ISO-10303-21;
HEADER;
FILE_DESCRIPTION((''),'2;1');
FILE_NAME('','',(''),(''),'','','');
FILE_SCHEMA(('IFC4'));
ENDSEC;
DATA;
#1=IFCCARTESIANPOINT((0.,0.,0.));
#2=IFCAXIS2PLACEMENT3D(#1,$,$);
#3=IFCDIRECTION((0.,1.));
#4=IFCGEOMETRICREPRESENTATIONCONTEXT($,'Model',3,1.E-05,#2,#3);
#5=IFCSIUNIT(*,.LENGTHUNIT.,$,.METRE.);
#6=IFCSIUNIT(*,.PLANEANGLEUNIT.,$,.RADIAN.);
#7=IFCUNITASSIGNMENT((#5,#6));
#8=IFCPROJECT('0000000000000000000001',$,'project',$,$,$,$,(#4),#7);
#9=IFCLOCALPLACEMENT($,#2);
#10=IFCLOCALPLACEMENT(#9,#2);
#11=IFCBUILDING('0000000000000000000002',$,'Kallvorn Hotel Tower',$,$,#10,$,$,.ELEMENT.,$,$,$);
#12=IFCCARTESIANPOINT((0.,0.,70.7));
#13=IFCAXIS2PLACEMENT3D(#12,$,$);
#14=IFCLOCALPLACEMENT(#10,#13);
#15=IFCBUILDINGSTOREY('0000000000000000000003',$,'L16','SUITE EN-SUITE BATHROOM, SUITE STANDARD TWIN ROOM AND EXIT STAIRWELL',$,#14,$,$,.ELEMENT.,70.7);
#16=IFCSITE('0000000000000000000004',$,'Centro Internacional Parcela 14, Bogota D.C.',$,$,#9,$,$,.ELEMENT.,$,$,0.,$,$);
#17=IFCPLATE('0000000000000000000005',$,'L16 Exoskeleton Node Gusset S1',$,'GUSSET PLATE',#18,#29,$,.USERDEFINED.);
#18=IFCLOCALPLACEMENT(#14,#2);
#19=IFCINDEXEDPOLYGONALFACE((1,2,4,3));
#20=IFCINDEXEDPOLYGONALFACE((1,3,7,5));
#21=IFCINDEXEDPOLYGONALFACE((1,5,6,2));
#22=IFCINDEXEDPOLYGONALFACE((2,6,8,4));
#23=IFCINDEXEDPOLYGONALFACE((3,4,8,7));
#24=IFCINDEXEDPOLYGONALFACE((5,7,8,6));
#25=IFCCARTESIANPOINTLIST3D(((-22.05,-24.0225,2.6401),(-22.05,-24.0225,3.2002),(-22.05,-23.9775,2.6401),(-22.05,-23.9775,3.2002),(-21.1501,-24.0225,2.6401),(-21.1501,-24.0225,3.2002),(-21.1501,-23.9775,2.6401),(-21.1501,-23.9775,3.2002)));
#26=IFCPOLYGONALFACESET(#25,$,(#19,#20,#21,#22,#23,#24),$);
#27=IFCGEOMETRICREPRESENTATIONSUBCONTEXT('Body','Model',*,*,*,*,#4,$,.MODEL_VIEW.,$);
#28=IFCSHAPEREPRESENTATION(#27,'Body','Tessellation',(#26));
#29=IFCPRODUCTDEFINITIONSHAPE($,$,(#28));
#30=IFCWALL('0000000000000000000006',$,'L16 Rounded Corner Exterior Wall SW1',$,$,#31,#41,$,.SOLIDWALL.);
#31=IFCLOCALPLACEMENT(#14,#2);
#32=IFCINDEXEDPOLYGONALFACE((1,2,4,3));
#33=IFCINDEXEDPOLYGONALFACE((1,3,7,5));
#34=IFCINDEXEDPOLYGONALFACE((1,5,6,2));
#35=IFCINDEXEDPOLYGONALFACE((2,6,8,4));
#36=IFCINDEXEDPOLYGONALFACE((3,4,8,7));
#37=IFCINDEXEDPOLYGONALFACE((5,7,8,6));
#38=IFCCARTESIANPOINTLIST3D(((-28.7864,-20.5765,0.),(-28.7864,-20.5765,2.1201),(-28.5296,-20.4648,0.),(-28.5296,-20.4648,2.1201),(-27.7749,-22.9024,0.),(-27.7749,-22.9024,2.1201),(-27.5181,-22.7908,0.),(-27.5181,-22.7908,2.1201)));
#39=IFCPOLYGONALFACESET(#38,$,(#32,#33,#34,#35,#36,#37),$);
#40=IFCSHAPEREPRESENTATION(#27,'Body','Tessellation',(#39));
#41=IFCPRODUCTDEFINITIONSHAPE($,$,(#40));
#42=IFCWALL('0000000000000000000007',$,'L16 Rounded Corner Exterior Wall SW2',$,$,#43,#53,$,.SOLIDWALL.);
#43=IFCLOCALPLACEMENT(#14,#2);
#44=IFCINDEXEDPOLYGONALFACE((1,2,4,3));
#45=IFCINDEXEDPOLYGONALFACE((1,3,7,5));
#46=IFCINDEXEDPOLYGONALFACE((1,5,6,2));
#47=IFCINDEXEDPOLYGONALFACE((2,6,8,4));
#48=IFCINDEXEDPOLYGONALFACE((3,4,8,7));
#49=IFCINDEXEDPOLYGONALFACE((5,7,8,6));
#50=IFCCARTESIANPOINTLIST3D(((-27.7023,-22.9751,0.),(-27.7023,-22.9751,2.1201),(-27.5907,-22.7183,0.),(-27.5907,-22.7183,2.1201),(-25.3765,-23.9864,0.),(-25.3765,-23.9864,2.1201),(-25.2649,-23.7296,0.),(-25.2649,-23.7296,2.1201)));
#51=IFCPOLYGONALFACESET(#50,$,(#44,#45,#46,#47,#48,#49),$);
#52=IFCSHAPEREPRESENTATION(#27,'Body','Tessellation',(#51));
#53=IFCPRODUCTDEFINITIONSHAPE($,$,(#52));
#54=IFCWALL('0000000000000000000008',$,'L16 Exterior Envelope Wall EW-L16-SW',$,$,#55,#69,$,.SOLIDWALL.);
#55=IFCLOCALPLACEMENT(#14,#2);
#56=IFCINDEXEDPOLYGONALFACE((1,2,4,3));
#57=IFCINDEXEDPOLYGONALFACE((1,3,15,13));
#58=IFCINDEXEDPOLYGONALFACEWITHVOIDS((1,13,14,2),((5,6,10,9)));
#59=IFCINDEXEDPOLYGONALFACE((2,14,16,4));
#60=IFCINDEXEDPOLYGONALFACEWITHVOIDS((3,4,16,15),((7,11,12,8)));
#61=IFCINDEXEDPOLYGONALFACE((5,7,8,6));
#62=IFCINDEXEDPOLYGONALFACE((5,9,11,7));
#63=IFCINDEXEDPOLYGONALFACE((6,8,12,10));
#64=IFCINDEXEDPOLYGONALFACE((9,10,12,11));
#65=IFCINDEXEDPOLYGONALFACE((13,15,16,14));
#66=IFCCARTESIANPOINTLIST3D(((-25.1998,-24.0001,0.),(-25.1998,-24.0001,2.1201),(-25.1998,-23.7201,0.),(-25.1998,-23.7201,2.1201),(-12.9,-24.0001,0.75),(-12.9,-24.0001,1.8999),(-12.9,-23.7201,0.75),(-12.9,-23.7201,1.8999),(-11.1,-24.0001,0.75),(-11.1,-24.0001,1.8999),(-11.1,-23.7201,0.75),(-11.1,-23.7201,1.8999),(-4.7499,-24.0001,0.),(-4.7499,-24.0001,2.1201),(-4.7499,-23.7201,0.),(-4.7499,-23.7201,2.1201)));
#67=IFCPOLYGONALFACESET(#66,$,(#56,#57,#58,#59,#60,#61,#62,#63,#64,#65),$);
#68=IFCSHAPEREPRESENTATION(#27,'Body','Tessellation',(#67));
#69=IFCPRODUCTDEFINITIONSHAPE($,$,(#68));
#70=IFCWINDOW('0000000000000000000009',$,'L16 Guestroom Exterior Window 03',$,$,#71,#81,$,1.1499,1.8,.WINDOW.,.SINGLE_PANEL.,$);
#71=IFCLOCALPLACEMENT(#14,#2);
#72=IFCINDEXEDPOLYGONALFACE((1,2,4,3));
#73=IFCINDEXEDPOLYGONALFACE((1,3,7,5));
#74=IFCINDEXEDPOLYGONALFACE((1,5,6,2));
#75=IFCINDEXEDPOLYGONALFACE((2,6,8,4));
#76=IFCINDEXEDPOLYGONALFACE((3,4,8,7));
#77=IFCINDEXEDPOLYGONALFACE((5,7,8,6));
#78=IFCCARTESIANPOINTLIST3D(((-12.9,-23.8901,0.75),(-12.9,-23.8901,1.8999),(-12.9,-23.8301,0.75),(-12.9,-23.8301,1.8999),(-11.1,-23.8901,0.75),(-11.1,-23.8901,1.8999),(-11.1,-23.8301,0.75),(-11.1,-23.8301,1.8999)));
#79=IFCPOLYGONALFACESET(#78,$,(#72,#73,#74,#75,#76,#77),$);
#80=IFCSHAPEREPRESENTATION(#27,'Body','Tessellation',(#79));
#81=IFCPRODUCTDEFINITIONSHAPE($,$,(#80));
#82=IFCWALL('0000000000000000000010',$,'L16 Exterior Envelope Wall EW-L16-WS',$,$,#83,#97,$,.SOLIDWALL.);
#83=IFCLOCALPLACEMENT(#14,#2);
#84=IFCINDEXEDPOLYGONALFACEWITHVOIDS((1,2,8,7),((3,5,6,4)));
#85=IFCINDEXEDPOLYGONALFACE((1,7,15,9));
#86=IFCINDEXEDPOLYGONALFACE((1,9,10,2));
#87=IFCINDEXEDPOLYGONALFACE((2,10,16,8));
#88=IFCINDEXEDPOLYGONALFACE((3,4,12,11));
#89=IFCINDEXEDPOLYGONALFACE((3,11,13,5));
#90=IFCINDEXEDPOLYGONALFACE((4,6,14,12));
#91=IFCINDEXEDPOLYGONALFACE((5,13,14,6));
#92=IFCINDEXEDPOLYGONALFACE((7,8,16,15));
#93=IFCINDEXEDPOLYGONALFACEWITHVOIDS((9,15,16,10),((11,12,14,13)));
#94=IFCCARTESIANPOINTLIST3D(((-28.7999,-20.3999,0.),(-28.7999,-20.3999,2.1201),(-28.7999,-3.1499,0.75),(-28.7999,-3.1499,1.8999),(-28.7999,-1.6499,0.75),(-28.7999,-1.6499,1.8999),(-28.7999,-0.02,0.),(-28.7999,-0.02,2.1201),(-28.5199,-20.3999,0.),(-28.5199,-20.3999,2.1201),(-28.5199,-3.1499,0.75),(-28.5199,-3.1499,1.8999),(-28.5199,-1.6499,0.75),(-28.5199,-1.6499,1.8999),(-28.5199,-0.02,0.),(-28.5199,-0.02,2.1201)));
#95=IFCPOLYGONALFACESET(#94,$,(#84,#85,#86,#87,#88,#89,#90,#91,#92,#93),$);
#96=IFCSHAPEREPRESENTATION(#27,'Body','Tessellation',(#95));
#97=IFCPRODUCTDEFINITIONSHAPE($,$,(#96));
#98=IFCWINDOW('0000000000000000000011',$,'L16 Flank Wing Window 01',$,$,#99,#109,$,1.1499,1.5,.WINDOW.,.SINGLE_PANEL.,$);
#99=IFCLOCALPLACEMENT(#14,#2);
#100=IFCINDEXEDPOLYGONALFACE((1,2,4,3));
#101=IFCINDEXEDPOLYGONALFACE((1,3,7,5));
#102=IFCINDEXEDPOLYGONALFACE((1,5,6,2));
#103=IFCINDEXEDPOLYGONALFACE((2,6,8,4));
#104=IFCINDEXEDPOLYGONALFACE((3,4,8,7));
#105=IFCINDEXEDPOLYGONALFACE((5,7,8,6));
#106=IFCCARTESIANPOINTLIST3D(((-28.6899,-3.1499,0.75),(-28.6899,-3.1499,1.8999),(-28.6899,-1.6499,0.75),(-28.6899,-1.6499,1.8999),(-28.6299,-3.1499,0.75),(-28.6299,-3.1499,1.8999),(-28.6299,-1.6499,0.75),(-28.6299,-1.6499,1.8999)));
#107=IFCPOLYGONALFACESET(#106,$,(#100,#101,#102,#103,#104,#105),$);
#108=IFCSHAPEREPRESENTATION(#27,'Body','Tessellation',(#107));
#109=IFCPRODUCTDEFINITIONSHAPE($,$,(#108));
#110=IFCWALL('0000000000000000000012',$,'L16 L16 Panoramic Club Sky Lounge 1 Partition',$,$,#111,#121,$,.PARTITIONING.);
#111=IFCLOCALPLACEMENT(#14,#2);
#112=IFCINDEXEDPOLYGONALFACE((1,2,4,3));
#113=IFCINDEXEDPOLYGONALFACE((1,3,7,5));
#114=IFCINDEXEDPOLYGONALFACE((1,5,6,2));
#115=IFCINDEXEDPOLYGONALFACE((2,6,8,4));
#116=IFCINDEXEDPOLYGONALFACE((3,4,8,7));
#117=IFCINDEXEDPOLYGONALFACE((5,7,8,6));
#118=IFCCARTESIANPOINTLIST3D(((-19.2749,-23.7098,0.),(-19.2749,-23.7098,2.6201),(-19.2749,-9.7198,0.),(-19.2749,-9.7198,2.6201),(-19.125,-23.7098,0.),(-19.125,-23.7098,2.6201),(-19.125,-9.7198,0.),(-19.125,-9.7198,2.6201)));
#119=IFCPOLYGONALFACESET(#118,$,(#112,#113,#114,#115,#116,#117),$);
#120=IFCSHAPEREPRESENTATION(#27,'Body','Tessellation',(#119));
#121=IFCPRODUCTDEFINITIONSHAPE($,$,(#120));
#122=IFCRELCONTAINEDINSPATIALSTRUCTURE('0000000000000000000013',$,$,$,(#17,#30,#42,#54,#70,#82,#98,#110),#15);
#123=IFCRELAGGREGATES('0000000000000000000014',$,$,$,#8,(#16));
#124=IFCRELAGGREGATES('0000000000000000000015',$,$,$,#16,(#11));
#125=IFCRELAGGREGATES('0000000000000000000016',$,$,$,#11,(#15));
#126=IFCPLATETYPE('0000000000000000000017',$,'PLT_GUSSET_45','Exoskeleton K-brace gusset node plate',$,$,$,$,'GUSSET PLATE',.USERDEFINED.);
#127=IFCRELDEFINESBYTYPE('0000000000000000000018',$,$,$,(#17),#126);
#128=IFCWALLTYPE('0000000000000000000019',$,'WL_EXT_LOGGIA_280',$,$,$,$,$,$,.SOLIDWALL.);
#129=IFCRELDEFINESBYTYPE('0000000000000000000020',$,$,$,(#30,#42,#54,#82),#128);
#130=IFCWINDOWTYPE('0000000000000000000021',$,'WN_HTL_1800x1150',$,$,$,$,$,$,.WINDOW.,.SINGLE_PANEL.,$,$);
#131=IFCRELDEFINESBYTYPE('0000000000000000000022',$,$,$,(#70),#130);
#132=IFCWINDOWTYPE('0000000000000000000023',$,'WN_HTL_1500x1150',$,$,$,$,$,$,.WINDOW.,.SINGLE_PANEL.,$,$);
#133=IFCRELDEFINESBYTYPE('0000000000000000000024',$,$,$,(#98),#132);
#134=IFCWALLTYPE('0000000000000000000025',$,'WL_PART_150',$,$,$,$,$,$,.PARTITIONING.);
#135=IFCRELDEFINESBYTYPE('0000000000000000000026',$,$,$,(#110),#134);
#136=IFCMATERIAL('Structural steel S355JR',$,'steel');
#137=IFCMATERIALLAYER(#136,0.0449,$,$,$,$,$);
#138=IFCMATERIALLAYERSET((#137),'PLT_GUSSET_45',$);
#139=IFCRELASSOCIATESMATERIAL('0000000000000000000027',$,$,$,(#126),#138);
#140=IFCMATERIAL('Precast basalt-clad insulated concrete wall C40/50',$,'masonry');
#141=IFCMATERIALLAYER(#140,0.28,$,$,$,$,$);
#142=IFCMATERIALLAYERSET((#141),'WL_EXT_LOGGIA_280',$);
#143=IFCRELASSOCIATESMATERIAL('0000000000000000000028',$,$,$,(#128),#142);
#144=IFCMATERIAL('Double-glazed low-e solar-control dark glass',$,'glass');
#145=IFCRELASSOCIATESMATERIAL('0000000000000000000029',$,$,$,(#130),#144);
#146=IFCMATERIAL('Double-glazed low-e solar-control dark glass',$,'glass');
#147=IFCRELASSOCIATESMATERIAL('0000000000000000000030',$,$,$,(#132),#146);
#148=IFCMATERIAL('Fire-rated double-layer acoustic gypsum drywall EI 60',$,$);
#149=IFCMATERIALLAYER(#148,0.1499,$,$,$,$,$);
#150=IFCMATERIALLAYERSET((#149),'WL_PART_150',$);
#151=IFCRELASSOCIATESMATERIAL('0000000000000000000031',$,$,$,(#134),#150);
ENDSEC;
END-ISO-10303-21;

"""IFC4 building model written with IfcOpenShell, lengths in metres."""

from ifc_helpers import new_model, si_unit, direction, frame, frame_2d, origin, origin_2d, place, context, subcontext, project, spatial, rectangle, extrude, material, layer, layer_set, type_object, element, fill, save


model = new_model("IFC4")

# Units and contexts
model_context = context("Model", 3, precision=1e-05, world=origin(), true_north=direction((0.0, 1.0)))
body_context = subcontext(model_context, "Body", "Model", "MODEL_VIEW")
ifc_project = project(units=[si_unit("LENGTHUNIT", "METRE"), si_unit("PLANEANGLEUNIT", "RADIAN")], contexts=[model_context])

# Site, building, storey
site_placement = place(None, origin())
site = spatial("IfcSite", under=ifc_project, at=site_placement, Name="Centro Internacional Parcela 14, Bogota D.C.", CompositionType="ELEMENT", RefElevation=0.0)
building_placement = place(site_placement, origin())
building = spatial("IfcBuilding", under=site, at=building_placement, Name="Kallvorn Hotel Tower", CompositionType="ELEMENT")
storey_placement = place(building_placement, frame((0.0, 0.0, 70.7)))
storey = spatial("IfcBuildingStorey", under=building, at=storey_placement, Name="L16", Description="SUITE EN-SUITE BATHROOM, SUITE STANDARD TWIN ROOM AND EXIT STAIRWELL", CompositionType="ELEMENT", Elevation=70.7)

# Plate
ifc_material_1 = material(Name="Structural steel S355JR", Category="steel")
ifc_layer_1 = layer(ifc_material_1, 0.0449)
ifc_layer_set_1 = layer_set([ifc_layer_1], Name="PLT_GUSSET_45")
plate_type_1 = type_object("IfcPlateType", Name="PLT_GUSSET_45", Description="Exoskeleton K-brace gusset node plate", ElementType="GUSSET PLATE", PredefinedType="USERDEFINED", material=ifc_layer_set_1)
plate_placement = place(storey_placement, frame((-21.6001, -24.0, 2.6401), z_axis=(0.0, 0.0, 1.0), x_axis=(1.0, 0.0, 0.0)))
element("IfcPlate", 1, at=plate_placement, inside=storey, type_object=plate_type_1, Name="L16 Exoskeleton Node Gusset S1", ObjectType="GUSSET PLATE", PredefinedType="USERDEFINED", context=body_context, shape_type="SweptSolid", body=[
    extrude(rectangle(XDim=0.8999, YDim=0.0449, at=origin_2d()), origin(), (0.0, 0.0, 1.0), 0.5601),
])

# Walls
ifc_material_2 = material(Name="Precast basalt-clad insulated concrete wall C40/50", Category="masonry")
ifc_layer_2 = layer(ifc_material_2, 0.28)
ifc_layer_set_2 = layer_set([ifc_layer_2], Name="WL_EXT_LOGGIA_280")
wall_type_1 = type_object("IfcWallType", Name="WL_EXT_LOGGIA_280", PredefinedType="SOLIDWALL", material=ifc_layer_set_2)
wall_1_placement = place(storey_placement, frame((-28.658, -20.5208, 0.0), z_axis=(0.0, 0.0, 1.0), x_axis=(0.398793, -0.917041, 0.0)))
element("IfcWall", 2, at=wall_1_placement, inside=storey, type_object=wall_type_1, Name="L16 Rounded Corner Exterior Wall SW1", PredefinedType="SOLIDWALL", context=body_context, shape_type="SweptSolid", body=[
    extrude(rectangle(XDim=2.5364, YDim=0.28, at=frame_2d((1.2681, 0.0))), origin(), (0.0, 0.0, 1.0), 2.1201),
])
wall_2_placement = place(storey_placement, frame((-27.6465, -22.8467, 0.0), z_axis=(0.0, 0.0, 1.0), x_axis=(0.917061, -0.398747, 0.0)))
element("IfcWall", 3, at=wall_2_placement, inside=storey, type_object=wall_type_1, Name="L16 Rounded Corner Exterior Wall SW2", PredefinedType="SOLIDWALL", context=body_context, shape_type="SweptSolid", body=[
    extrude(rectangle(XDim=2.5361, YDim=0.28, at=frame_2d((1.2681, 0.0))), origin(), (0.0, 0.0, 1.0), 2.1201),
])

# Walls, openings, windows
wall_3_placement = place(storey_placement, frame((-25.2, -23.8601, 0.0), z_axis=(0.0, 0.0, 1.0), x_axis=(1.0, 0.0, 0.0)))
wall_3 = element("IfcWall", 4, at=wall_3_placement, inside=storey, type_object=wall_type_1, Name="L16 Exterior Envelope Wall EW-L16-SW", PredefinedType="SOLIDWALL", context=body_context, shape_type="SweptSolid", body=[
    extrude(rectangle(XDim=20.45, YDim=0.28, at=frame_2d((10.2251, 0.0))), origin(), (0.0, 0.0, 1.0), 2.1201),
])
opening_1_placement = place(wall_3_placement, frame((12.3, 0.0, 0.75)))
opening_1 = element("IfcOpeningElement", 5, at=opening_1_placement, cuts=wall_3, PredefinedType="OPENING", context=body_context, shape_type="SweptSolid", body=[
    extrude(rectangle(XDim=1.8, YDim=1.1499, at=frame_2d((0.8999, 0.575))), frame((0.0, 0.155, 0.0), z_axis=(0.0, -1.0, 0.0), x_axis=(1.0, 0.0, 0.0)), (0.0, 0.0, 1.0), 0.3101),
])
ifc_material_3 = material(Name="Double-glazed low-e solar-control dark glass", Category="glass")
window_type_1 = type_object("IfcWindowType", Name="WN_HTL_1800x1150", PartitioningType="SINGLE_PANEL", PredefinedType="WINDOW", material=ifc_material_3)
window_1_placement = place(opening_1_placement, origin())
window_1 = element("IfcWindow", 6, at=window_1_placement, inside=storey, type_object=window_type_1, Name="L16 Guestroom Exterior Window 03", OverallHeight=1.1499, OverallWidth=1.8, PartitioningType="SINGLE_PANEL", PredefinedType="WINDOW", context=body_context, shape_type="SweptSolid", body=[
    extrude(rectangle(XDim=1.8, YDim=1.1499, at=frame_2d((0.8999, 0.575))), frame((0.0, 0.03, 0.0), z_axis=(0.0, -1.0, 0.0), x_axis=(1.0, 0.0, 0.0)), (0.0, 0.0, 1.0), 0.0601),
])
fill(opening_1, window_1)
wall_4_placement = place(storey_placement, frame((-28.6599, -20.3999, 0.0), z_axis=(0.0, 0.0, 1.0), x_axis=(0.0, 1.0, 0.0)))
wall_4 = element("IfcWall", 7, at=wall_4_placement, inside=storey, type_object=wall_type_1, Name="L16 Exterior Envelope Wall EW-L16-WS", PredefinedType="SOLIDWALL", context=body_context, shape_type="SweptSolid", body=[
    extrude(rectangle(XDim=20.3799, YDim=0.28, at=frame_2d((10.1899, 0.0))), origin(), (0.0, 0.0, 1.0), 2.1201),
])
opening_2_placement = place(wall_4_placement, frame((17.25, 0.0, 0.75)))
opening_2 = element("IfcOpeningElement", 8, at=opening_2_placement, cuts=wall_4, PredefinedType="OPENING", context=body_context, shape_type="SweptSolid", body=[
    extrude(rectangle(XDim=1.5, YDim=1.1499, at=frame_2d((0.75, 0.575))), frame((0.0, 0.155, 0.0), z_axis=(0.0, -1.0, 0.0), x_axis=(1.0, 0.0, 0.0)), (0.0, 0.0, 1.0), 0.3101),
])
ifc_material_4 = material(Name="Double-glazed low-e solar-control dark glass", Category="glass")
window_type_2 = type_object("IfcWindowType", Name="WN_HTL_1500x1150", PartitioningType="SINGLE_PANEL", PredefinedType="WINDOW", material=ifc_material_4)
window_2_placement = place(opening_2_placement, origin())
window_2 = element("IfcWindow", 9, at=window_2_placement, inside=storey, type_object=window_type_2, Name="L16 Flank Wing Window 01", OverallHeight=1.1499, OverallWidth=1.5, PartitioningType="SINGLE_PANEL", PredefinedType="WINDOW", context=body_context, shape_type="SweptSolid", body=[
    extrude(rectangle(XDim=1.5, YDim=1.1499, at=frame_2d((0.75, 0.575))), frame((0.0, 0.03, 0.0), z_axis=(0.0, -1.0, 0.0), x_axis=(1.0, 0.0, 0.0)), (0.0, 0.0, 1.0), 0.0601),
])
fill(opening_2, window_2)

# Wall
ifc_material_5 = material(Name="Fire-rated double-layer acoustic gypsum drywall EI 60")
ifc_layer_3 = layer(ifc_material_5, 0.1499)
ifc_layer_set_3 = layer_set([ifc_layer_3], Name="WL_PART_150")
wall_type_2 = type_object("IfcWallType", Name="WL_PART_150", PredefinedType="PARTITIONING", material=ifc_layer_set_3)
wall_5_placement = place(storey_placement, frame((-19.2, -23.71, 0.0), z_axis=(0.0, 0.0, 1.0), x_axis=(0.0, 1.0, 0.0)))
element("IfcWall", 10, at=wall_5_placement, inside=storey, type_object=wall_type_2, Name="L16 L16 Panoramic Club Sky Lounge 1 Partition", PredefinedType="PARTITIONING", context=body_context, shape_type="SweptSolid", body=[
    extrude(rectangle(XDim=13.99, YDim=0.1499, at=frame_2d((6.9951, 0.0))), origin(), (0.0, 0.0, 1.0), 2.6201),
])

save(model, "model.ifc")
